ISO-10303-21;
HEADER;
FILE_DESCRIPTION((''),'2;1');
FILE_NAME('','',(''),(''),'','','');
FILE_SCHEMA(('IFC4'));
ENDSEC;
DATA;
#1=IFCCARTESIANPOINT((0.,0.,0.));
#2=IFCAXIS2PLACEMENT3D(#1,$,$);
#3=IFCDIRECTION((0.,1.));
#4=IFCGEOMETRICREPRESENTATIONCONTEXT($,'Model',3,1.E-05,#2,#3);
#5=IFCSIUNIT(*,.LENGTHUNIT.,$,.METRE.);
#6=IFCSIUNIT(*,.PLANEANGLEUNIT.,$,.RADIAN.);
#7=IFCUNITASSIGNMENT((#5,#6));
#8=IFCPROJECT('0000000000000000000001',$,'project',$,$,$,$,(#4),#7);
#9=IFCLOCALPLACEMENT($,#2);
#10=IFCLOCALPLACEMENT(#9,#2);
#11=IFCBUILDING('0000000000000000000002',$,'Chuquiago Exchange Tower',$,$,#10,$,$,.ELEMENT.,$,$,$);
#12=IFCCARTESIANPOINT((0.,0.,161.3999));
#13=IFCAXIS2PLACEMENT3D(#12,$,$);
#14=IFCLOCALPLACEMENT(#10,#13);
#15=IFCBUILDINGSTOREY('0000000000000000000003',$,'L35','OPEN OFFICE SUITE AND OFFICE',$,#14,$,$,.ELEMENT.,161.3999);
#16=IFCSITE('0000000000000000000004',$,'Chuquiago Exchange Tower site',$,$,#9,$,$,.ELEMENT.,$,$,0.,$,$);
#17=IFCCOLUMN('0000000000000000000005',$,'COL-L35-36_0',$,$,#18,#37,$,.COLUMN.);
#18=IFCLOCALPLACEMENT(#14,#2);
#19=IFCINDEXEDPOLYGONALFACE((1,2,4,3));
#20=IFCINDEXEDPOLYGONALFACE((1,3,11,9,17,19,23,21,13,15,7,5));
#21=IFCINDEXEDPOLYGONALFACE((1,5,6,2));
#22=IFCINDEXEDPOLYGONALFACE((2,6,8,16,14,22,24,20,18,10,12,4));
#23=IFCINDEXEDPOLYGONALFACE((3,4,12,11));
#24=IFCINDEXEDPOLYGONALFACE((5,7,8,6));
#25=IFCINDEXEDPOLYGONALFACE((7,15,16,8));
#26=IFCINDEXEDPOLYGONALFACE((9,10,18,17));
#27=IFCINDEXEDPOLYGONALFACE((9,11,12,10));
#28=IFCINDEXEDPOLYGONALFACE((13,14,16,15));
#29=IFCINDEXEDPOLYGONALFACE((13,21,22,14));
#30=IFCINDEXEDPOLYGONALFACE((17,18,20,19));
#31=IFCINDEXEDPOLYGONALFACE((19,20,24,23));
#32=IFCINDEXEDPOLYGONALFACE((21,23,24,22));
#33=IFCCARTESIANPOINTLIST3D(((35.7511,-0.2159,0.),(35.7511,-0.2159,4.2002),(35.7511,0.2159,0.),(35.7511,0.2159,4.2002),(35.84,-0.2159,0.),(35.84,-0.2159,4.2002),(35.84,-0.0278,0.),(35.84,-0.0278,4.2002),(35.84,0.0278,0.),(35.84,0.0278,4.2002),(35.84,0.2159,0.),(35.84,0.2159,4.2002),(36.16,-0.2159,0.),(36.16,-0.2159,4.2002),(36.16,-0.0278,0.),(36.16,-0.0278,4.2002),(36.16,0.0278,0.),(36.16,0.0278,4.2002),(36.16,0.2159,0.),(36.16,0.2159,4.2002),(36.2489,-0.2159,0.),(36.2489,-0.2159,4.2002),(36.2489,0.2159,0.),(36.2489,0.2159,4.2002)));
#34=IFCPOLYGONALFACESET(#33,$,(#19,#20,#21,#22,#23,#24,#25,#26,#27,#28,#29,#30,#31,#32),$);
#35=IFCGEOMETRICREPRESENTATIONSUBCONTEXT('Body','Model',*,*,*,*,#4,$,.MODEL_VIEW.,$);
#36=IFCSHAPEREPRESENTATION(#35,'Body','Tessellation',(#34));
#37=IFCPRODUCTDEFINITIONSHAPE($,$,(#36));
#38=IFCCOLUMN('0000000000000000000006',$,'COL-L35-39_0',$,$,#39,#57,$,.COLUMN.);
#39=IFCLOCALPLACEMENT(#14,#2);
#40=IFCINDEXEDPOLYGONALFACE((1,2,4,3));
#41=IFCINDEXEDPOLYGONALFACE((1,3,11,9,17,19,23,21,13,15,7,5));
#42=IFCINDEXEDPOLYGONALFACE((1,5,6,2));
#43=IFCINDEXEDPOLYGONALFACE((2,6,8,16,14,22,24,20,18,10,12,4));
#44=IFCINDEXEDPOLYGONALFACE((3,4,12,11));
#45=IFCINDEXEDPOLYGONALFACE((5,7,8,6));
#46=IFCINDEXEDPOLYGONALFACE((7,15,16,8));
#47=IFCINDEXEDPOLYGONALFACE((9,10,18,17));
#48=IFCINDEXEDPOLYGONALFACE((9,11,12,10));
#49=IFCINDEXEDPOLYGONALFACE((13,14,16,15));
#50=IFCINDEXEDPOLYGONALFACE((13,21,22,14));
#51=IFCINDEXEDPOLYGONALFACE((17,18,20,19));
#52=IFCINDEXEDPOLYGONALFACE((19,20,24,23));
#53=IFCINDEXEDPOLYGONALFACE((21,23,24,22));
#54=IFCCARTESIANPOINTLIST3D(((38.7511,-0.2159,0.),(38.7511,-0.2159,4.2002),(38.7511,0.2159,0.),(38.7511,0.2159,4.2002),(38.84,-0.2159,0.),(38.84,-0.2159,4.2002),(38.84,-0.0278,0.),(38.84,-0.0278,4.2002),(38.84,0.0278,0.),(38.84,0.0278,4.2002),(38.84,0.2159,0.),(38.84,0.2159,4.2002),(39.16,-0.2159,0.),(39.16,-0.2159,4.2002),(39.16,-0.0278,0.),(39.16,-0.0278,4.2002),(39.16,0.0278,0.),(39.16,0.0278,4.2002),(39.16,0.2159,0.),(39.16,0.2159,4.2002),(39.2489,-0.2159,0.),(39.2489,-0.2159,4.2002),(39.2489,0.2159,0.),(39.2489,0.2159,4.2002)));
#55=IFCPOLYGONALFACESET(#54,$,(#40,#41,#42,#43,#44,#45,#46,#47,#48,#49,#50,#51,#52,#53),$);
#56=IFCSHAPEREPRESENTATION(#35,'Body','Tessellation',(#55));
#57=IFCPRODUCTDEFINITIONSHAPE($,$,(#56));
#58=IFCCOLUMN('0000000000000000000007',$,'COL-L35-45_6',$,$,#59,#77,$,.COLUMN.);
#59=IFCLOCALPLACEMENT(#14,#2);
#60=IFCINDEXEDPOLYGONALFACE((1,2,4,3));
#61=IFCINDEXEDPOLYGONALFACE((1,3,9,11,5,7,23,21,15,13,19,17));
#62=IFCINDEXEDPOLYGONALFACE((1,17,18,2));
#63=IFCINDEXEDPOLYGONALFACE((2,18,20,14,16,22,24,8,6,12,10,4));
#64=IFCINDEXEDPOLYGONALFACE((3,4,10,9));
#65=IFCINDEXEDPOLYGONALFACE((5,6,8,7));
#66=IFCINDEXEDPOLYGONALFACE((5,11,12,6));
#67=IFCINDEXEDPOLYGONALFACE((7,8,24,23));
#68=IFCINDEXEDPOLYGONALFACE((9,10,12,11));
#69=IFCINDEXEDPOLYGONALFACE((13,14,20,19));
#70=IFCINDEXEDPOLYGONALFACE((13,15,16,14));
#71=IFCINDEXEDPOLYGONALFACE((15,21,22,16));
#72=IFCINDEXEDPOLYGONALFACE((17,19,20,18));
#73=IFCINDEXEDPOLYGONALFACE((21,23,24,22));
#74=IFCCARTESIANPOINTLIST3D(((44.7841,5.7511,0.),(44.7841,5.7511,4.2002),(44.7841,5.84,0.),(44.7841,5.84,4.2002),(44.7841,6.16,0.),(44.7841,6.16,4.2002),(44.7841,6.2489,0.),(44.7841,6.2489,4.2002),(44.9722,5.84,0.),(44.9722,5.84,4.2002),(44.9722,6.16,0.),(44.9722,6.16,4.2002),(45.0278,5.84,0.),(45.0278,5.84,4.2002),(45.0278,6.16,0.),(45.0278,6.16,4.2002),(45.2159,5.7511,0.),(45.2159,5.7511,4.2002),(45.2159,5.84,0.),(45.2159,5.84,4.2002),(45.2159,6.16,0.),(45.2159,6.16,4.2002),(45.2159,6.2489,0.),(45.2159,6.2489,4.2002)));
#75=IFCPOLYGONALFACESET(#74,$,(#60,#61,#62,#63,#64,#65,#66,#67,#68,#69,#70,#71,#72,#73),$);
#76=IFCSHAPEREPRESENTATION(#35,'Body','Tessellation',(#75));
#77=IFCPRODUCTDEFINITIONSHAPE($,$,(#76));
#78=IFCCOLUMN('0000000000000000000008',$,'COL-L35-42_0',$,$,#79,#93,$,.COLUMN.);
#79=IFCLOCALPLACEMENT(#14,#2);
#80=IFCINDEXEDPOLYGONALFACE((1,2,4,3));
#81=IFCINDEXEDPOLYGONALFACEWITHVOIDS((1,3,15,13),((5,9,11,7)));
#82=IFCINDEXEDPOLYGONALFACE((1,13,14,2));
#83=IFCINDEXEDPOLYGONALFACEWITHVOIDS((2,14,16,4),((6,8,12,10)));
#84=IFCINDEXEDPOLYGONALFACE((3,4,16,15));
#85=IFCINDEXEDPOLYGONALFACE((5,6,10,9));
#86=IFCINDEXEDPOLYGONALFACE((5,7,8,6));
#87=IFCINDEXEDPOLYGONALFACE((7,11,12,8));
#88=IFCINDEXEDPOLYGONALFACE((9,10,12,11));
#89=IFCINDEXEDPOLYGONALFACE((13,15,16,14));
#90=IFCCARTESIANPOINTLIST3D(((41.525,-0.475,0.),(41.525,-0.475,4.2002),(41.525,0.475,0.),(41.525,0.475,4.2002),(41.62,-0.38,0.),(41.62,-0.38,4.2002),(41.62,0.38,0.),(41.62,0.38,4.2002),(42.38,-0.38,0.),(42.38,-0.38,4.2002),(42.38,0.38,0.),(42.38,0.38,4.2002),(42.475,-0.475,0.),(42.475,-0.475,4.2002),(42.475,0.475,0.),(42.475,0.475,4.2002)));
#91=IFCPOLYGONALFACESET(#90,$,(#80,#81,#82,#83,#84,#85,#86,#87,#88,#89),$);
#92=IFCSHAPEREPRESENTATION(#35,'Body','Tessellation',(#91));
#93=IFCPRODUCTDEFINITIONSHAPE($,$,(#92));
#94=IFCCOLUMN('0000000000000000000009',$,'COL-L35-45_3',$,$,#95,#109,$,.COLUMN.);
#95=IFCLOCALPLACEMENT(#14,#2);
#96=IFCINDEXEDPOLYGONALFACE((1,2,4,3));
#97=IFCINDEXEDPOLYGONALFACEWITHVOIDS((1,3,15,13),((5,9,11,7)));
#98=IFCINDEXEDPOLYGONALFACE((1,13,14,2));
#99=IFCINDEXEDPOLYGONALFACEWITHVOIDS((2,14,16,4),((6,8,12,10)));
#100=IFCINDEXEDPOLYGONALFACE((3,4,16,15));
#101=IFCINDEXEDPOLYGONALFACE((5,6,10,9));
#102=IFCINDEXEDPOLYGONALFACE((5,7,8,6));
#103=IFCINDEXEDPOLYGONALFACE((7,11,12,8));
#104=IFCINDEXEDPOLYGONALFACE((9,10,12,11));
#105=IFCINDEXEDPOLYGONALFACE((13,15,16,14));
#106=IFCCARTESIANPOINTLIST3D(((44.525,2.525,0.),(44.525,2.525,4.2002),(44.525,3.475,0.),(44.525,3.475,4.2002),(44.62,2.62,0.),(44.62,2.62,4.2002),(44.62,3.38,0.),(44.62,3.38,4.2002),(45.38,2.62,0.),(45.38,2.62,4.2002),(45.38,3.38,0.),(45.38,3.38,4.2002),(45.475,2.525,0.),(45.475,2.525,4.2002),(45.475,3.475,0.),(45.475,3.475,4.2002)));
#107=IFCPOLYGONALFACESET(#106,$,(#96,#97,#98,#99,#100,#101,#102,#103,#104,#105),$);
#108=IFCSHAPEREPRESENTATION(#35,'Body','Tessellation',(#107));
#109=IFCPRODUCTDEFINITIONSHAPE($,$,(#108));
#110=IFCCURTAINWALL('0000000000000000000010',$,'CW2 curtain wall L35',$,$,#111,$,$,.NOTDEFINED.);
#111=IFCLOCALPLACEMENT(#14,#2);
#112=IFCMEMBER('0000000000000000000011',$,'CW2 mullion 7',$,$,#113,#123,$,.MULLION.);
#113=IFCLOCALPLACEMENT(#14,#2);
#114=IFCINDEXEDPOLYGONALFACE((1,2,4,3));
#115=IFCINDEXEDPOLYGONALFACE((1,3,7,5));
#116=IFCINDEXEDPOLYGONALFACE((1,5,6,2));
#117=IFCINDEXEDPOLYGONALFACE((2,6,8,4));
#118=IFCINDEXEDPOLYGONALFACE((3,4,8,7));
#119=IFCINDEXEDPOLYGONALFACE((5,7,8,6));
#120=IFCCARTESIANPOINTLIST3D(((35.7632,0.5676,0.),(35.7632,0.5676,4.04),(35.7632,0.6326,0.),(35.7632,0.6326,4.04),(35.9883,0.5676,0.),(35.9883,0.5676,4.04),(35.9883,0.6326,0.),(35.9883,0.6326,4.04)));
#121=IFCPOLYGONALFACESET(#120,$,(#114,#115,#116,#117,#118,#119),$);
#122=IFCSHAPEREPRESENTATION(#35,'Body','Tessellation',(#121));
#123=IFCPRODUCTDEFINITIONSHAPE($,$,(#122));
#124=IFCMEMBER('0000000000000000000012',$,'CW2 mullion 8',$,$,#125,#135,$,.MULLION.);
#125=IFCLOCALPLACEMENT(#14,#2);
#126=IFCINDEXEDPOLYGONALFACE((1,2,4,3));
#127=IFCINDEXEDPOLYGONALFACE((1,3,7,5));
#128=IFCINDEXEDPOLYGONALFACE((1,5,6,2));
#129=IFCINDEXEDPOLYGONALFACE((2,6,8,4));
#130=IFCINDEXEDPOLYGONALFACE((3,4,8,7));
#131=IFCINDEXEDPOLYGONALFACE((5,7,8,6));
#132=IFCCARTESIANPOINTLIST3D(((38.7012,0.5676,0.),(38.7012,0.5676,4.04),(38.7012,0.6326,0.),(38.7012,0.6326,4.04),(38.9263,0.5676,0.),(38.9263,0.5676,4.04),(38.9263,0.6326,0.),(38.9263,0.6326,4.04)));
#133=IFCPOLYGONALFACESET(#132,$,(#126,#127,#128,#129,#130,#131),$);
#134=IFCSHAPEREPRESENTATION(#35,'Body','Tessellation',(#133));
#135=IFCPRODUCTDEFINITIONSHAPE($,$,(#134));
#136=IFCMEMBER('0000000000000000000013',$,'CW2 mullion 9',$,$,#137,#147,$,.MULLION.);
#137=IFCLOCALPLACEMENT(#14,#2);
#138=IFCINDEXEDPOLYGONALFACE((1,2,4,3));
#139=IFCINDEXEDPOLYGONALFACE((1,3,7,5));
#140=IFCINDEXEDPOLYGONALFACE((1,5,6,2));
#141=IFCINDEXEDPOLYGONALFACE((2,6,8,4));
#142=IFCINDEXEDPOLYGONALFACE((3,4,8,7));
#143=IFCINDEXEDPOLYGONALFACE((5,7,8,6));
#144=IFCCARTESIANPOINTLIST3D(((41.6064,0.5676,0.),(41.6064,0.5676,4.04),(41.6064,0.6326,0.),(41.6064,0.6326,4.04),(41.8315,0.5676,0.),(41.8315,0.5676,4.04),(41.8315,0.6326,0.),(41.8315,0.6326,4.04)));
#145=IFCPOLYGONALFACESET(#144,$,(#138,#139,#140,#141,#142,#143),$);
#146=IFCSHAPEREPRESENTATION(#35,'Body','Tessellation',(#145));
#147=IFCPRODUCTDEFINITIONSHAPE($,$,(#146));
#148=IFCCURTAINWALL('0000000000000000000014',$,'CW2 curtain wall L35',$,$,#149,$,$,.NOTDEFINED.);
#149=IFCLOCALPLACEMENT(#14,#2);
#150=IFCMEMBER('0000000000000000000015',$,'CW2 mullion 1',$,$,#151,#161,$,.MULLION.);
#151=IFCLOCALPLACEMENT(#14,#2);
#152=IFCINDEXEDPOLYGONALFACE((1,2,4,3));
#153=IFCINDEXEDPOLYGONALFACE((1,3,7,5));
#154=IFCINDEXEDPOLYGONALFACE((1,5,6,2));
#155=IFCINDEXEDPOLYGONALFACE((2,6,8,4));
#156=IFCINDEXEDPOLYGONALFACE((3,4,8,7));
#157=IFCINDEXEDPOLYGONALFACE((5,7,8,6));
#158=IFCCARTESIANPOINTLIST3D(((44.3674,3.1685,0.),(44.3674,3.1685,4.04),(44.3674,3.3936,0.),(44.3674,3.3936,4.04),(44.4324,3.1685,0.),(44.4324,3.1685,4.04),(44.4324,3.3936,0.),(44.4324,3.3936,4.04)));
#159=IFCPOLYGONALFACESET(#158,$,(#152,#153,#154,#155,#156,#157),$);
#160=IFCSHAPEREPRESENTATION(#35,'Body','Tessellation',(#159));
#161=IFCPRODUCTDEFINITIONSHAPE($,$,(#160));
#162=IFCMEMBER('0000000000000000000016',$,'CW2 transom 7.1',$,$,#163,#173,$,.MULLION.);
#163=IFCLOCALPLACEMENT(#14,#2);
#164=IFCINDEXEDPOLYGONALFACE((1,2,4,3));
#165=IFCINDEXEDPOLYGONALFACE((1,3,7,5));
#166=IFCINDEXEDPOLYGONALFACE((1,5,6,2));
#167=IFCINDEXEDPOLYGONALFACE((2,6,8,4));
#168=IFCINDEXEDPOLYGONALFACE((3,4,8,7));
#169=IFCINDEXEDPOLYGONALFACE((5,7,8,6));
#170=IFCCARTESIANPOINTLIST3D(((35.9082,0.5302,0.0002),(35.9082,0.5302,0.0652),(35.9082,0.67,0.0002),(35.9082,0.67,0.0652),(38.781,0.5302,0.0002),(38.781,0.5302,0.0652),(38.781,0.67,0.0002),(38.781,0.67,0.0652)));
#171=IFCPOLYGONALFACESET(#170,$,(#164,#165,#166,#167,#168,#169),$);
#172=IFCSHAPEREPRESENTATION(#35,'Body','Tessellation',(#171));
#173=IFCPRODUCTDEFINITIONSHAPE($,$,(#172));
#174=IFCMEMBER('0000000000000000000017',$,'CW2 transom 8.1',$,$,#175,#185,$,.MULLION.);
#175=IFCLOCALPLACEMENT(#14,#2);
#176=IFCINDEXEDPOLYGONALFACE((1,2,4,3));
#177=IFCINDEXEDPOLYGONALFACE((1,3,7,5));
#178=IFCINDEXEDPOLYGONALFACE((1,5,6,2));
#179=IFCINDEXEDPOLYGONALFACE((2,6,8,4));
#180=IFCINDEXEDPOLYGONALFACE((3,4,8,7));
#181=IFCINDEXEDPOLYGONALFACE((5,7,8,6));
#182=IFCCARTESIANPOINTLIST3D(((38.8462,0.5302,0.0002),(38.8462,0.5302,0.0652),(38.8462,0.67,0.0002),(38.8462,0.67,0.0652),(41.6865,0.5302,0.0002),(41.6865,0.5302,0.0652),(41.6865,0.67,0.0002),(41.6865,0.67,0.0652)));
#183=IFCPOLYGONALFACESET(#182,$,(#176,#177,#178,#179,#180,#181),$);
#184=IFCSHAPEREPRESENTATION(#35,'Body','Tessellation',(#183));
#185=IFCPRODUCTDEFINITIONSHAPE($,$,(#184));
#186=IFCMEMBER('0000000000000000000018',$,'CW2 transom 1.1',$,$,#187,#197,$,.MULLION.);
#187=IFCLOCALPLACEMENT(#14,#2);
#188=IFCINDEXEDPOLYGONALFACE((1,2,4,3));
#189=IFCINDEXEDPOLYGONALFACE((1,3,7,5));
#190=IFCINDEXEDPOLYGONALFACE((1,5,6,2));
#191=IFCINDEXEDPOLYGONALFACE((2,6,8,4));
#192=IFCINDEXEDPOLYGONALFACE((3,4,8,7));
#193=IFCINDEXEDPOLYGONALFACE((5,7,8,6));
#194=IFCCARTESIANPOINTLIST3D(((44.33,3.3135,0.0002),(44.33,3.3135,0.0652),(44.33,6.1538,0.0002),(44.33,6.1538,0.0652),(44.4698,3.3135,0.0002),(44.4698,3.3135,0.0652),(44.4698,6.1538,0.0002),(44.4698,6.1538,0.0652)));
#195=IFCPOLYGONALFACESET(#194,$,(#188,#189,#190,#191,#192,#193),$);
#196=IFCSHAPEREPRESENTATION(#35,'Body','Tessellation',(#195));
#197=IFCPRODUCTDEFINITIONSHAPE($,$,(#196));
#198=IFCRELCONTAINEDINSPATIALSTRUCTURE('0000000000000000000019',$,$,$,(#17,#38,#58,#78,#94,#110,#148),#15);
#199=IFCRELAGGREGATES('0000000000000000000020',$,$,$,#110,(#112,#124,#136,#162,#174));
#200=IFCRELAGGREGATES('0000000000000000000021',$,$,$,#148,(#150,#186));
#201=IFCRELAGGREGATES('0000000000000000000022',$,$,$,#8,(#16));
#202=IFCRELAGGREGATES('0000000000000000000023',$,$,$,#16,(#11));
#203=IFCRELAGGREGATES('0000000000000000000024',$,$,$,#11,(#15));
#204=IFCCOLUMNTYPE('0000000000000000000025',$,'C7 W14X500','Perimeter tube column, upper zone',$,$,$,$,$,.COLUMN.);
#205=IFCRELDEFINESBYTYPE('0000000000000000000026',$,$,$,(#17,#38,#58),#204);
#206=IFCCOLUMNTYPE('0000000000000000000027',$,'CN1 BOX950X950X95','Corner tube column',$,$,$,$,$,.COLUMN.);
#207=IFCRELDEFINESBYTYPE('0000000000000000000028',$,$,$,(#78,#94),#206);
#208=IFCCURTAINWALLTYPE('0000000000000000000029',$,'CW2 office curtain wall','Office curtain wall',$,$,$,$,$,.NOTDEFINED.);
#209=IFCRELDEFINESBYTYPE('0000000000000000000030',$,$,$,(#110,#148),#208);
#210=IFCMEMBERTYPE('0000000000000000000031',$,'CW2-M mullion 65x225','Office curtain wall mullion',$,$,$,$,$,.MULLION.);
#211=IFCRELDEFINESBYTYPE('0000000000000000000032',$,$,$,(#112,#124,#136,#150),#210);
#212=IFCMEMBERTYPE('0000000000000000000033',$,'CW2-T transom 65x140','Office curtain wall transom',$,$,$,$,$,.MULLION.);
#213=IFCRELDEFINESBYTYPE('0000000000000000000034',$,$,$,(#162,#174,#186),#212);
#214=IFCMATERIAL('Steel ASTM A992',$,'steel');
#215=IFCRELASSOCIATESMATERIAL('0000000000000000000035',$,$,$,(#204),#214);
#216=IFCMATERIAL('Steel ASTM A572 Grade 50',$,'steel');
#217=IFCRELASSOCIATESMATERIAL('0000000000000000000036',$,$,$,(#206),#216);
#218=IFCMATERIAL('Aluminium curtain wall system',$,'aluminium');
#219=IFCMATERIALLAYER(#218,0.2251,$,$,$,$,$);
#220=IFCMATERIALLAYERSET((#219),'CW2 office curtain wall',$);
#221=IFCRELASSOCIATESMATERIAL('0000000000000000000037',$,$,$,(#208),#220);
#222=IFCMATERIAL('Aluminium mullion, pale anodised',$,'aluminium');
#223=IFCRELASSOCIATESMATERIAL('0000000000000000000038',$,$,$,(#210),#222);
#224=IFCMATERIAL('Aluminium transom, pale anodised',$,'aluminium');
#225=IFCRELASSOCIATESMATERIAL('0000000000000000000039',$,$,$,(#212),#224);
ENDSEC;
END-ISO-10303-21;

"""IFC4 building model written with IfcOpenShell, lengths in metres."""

from ifc_helpers import new_model, si_unit, direction, frame, origin, origin_2d, place, context, subcontext, project, spatial, rectangle, hollow_rectangle, i_section, extrude, material, layer, layer_set, material_profile, profile_set, type_object, element, aggregate, save


model = new_model("IFC4")

# Units and contexts
model_context = context("Model", 3, precision=1e-05, world=origin(), true_north=direction((0.0, 1.0)))
body_context = subcontext(model_context, "Body", "Model", "MODEL_VIEW")
ifc_project = project(units=[si_unit("LENGTHUNIT", "METRE"), si_unit("PLANEANGLEUNIT", "RADIAN")], contexts=[model_context])

# Site, building, storey
site_placement = place(None, origin())
site = spatial("IfcSite", under=ifc_project, at=site_placement, Name="Chuquiago Exchange Tower site", CompositionType="ELEMENT", RefElevation=0.0)
building_placement = place(site_placement, origin())
building = spatial("IfcBuilding", under=site, at=building_placement, Name="Chuquiago Exchange Tower", CompositionType="ELEMENT")
storey_placement = place(building_placement, frame((0.0, 0.0, 161.3999)))
storey = spatial("IfcBuildingStorey", under=building, at=storey_placement, Name="L35", Description="OPEN OFFICE SUITE AND OFFICE", CompositionType="ELEMENT", Elevation=161.3999)

# Columns
ifc_material_1 = material(Name="Steel ASTM A992", Category="steel")
ifc_material_profile_1 = material_profile(ifc_material_1, i_section(OverallWidth=0.4319, OverallDepth=0.4978, WebThickness=0.0557, FlangeThickness=0.0889, at=origin_2d()), Name="W14X500")
ifc_profile_set_1 = profile_set([ifc_material_profile_1], Name="Steel ASTM A992")
column_type_1 = type_object("IfcColumnType", Name="C7 W14X500", Description="Perimeter tube column, upper zone", PredefinedType="COLUMN", material=ifc_profile_set_1)
for number, where, z_axis, x_axis, name in (
    (1, (36.0, 0.0, 0.0), (0.0, 0.0, 1.0), (0.0, -1.0, 0.0), "COL-L35-36_0"),
    (2, (39.0, 0.0, 0.0), (0.0, 0.0, 1.0), (0.0, -1.0, 0.0), "COL-L35-39_0"),
    (3, (45.0, 6.0, 0.0), (0.0, 0.0, 1.0), (1.0, 0.0, 0.0), "COL-L35-45_6"),
):
    element("IfcColumn", number, at=place(storey_placement, frame(where, z_axis=z_axis, x_axis=x_axis)), inside=storey, type_object=column_type_1, Name=name, PredefinedType="COLUMN", context=body_context, shape_type="SweptSolid", body=[
        extrude(i_section(OverallWidth=0.4319, OverallDepth=0.4978, WebThickness=0.0557, FlangeThickness=0.0889, at=origin_2d()), origin(), (0.0, 0.0, 1.0), 4.2002),
    ])
ifc_material_2 = material(Name="Steel ASTM A572 Grade 50", Category="steel")
ifc_material_profile_2 = material_profile(ifc_material_2, hollow_rectangle(XDim=0.95, YDim=0.95, WallThickness=0.095, at=origin_2d()), Name="BOX950X950X95")
ifc_profile_set_2 = profile_set([ifc_material_profile_2], Name="Steel ASTM A572 Grade 50")
column_type_2 = type_object("IfcColumnType", Name="CN1 BOX950X950X95", Description="Corner tube column", PredefinedType="COLUMN", material=ifc_profile_set_2)
for number, where, z_axis, x_axis, name in (
    (4, (42.0, 0.0, 0.0), (0.0, 0.0, 1.0), (0.0, -1.0, 0.0), "COL-L35-42_0"),
    (5, (45.0, 3.0, 0.0), (0.0, 0.0, 1.0), (1.0, 0.0, 0.0), "COL-L35-45_3"),
):
    element("IfcColumn", number, at=place(storey_placement, frame(where, z_axis=z_axis, x_axis=x_axis)), inside=storey, type_object=column_type_2, Name=name, PredefinedType="COLUMN", context=body_context, shape_type="SweptSolid", body=[
        extrude(hollow_rectangle(XDim=0.95, YDim=0.95, WallThickness=0.095, at=origin_2d()), origin(), (0.0, 0.0, 1.0), 4.2002),
    ])

# Curtain wall, members
ifc_material_3 = material(Name="Aluminium curtain wall system", Category="aluminium")
ifc_layer_1 = layer(ifc_material_3, 0.2251)
ifc_layer_set_1 = layer_set([ifc_layer_1], Name="CW2 office curtain wall")
curtain_wall_type_1 = type_object("IfcCurtainWallType", Name="CW2 office curtain wall", Description="Office curtain wall", PredefinedType="NOTDEFINED", material=ifc_layer_set_1)
curtain_wall_1_placement = place(storey_placement, origin())
curtain_wall_1 = element("IfcCurtainWall", 6, at=curtain_wall_1_placement, inside=storey, type_object=curtain_wall_type_1, Name="CW2 curtain wall L35", PredefinedType="NOTDEFINED")
ifc_material_4 = material(Name="Aluminium mullion, pale anodised", Category="aluminium")
ifc_material_profile_3 = material_profile(ifc_material_4, rectangle(XDim=0.0649, YDim=0.2251, at=origin_2d()), Name="AL 65x225")
ifc_profile_set_3 = profile_set([ifc_material_profile_3], Name="Aluminium mullion, pale anodised")
member_type_1 = type_object("IfcMemberType", Name="CW2-M mullion 65x225", Description="Office curtain wall mullion", PredefinedType="MULLION", material=ifc_profile_set_3)
member_1_placement = place(storey_placement, frame((35.8757, 0.6001, 0.0), z_axis=(0.0, 0.0, 1.0), x_axis=(0.0, 1.0, 0.0)))
member_1 = element("IfcMember", 7, at=member_1_placement, type_object=member_type_1, Name="CW2 mullion 7", PredefinedType="MULLION", context=body_context, shape_type="SweptSolid", body=[
    extrude(rectangle(XDim=0.0649, YDim=0.2251, at=origin_2d()), origin(), (0.0, 0.0, 1.0), 4.04),
])
member_2_placement = place(storey_placement, frame((38.8137, 0.6001, 0.0), z_axis=(0.0, 0.0, 1.0), x_axis=(0.0, 1.0, 0.0)))
member_2 = element("IfcMember", 8, at=member_2_placement, type_object=member_type_1, Name="CW2 mullion 8", PredefinedType="MULLION", context=body_context, shape_type="SweptSolid", body=[
    extrude(rectangle(XDim=0.0649, YDim=0.2251, at=origin_2d()), origin(), (0.0, 0.0, 1.0), 4.04),
])
member_3_placement = place(storey_placement, frame((41.719, 0.6001, 0.0), z_axis=(0.0, 0.0, 1.0), x_axis=(0.0, 1.0, 0.0)))
member_3 = element("IfcMember", 9, at=member_3_placement, type_object=member_type_1, Name="CW2 mullion 9", PredefinedType="MULLION", context=body_context, shape_type="SweptSolid", body=[
    extrude(rectangle(XDim=0.0649, YDim=0.2251, at=origin_2d()), origin(), (0.0, 0.0, 1.0), 4.04),
])

# Curtain wall, member
curtain_wall_2_placement = place(storey_placement, origin())
curtain_wall_2 = element("IfcCurtainWall", 10, at=curtain_wall_2_placement, inside=storey, type_object=curtain_wall_type_1, Name="CW2 curtain wall L35", PredefinedType="NOTDEFINED")
member_4_placement = place(storey_placement, frame((44.3999, 3.281, 0.0), z_axis=(0.0, 0.0, 1.0), x_axis=(-1.0, 0.0, 0.0)))
member_4 = element("IfcMember", 11, at=member_4_placement, type_object=member_type_1, Name="CW2 mullion 1", PredefinedType="MULLION", context=body_context, shape_type="SweptSolid", body=[
    extrude(rectangle(XDim=0.0649, YDim=0.2251, at=origin_2d()), origin(), (0.0, 0.0, 1.0), 4.04),
])

# Members
ifc_material_5 = material(Name="Aluminium transom, pale anodised", Category="aluminium")
ifc_material_profile_4 = material_profile(ifc_material_5, rectangle(XDim=0.1399, YDim=0.0649, at=origin_2d()), Name="AL 140x65")
ifc_profile_set_4 = profile_set([ifc_material_profile_4], Name="Aluminium transom, pale anodised")
member_type_2 = type_object("IfcMemberType", Name="CW2-T transom 65x140", Description="Office curtain wall transom", PredefinedType="MULLION", material=ifc_profile_set_4)
member_5_placement = place(storey_placement, frame((35.9082, 0.6001, 0.0327), z_axis=(1.0, 0.0, 0.0), x_axis=(0.0, 1.0, 0.0)))
member_5 = element("IfcMember", 12, at=member_5_placement, type_object=member_type_2, Name="CW2 transom 7.1", PredefinedType="MULLION", context=body_context, shape_type="SweptSolid", body=[
    extrude(rectangle(XDim=0.1399, YDim=0.0649, at=origin_2d()), origin(), (0.0, 0.0, 1.0), 2.8728),
])
member_6_placement = place(storey_placement, frame((38.8462, 0.6001, 0.0327), z_axis=(1.0, 0.0, 0.0), x_axis=(0.0, 1.0, 0.0)))
member_6 = element("IfcMember", 13, at=member_6_placement, type_object=member_type_2, Name="CW2 transom 8.1", PredefinedType="MULLION", context=body_context, shape_type="SweptSolid", body=[
    extrude(rectangle(XDim=0.1399, YDim=0.0649, at=origin_2d()), origin(), (0.0, 0.0, 1.0), 2.8403),
])
member_7_placement = place(storey_placement, frame((44.3999, 3.3135, 0.0327), z_axis=(0.0, 1.0, 0.0), x_axis=(-1.0, 0.0, 0.0)))
member_7 = element("IfcMember", 14, at=member_7_placement, type_object=member_type_2, Name="CW2 transom 1.1", PredefinedType="MULLION", context=body_context, shape_type="SweptSolid", body=[
    extrude(rectangle(XDim=0.1399, YDim=0.0649, at=origin_2d()), origin(), (0.0, 0.0, 1.0), 2.8403),
])

aggregate(curtain_wall_1, [member_1, member_2, member_3, member_5, member_6])
aggregate(curtain_wall_2, [member_4, member_7])

save(model, "model.ifc")
